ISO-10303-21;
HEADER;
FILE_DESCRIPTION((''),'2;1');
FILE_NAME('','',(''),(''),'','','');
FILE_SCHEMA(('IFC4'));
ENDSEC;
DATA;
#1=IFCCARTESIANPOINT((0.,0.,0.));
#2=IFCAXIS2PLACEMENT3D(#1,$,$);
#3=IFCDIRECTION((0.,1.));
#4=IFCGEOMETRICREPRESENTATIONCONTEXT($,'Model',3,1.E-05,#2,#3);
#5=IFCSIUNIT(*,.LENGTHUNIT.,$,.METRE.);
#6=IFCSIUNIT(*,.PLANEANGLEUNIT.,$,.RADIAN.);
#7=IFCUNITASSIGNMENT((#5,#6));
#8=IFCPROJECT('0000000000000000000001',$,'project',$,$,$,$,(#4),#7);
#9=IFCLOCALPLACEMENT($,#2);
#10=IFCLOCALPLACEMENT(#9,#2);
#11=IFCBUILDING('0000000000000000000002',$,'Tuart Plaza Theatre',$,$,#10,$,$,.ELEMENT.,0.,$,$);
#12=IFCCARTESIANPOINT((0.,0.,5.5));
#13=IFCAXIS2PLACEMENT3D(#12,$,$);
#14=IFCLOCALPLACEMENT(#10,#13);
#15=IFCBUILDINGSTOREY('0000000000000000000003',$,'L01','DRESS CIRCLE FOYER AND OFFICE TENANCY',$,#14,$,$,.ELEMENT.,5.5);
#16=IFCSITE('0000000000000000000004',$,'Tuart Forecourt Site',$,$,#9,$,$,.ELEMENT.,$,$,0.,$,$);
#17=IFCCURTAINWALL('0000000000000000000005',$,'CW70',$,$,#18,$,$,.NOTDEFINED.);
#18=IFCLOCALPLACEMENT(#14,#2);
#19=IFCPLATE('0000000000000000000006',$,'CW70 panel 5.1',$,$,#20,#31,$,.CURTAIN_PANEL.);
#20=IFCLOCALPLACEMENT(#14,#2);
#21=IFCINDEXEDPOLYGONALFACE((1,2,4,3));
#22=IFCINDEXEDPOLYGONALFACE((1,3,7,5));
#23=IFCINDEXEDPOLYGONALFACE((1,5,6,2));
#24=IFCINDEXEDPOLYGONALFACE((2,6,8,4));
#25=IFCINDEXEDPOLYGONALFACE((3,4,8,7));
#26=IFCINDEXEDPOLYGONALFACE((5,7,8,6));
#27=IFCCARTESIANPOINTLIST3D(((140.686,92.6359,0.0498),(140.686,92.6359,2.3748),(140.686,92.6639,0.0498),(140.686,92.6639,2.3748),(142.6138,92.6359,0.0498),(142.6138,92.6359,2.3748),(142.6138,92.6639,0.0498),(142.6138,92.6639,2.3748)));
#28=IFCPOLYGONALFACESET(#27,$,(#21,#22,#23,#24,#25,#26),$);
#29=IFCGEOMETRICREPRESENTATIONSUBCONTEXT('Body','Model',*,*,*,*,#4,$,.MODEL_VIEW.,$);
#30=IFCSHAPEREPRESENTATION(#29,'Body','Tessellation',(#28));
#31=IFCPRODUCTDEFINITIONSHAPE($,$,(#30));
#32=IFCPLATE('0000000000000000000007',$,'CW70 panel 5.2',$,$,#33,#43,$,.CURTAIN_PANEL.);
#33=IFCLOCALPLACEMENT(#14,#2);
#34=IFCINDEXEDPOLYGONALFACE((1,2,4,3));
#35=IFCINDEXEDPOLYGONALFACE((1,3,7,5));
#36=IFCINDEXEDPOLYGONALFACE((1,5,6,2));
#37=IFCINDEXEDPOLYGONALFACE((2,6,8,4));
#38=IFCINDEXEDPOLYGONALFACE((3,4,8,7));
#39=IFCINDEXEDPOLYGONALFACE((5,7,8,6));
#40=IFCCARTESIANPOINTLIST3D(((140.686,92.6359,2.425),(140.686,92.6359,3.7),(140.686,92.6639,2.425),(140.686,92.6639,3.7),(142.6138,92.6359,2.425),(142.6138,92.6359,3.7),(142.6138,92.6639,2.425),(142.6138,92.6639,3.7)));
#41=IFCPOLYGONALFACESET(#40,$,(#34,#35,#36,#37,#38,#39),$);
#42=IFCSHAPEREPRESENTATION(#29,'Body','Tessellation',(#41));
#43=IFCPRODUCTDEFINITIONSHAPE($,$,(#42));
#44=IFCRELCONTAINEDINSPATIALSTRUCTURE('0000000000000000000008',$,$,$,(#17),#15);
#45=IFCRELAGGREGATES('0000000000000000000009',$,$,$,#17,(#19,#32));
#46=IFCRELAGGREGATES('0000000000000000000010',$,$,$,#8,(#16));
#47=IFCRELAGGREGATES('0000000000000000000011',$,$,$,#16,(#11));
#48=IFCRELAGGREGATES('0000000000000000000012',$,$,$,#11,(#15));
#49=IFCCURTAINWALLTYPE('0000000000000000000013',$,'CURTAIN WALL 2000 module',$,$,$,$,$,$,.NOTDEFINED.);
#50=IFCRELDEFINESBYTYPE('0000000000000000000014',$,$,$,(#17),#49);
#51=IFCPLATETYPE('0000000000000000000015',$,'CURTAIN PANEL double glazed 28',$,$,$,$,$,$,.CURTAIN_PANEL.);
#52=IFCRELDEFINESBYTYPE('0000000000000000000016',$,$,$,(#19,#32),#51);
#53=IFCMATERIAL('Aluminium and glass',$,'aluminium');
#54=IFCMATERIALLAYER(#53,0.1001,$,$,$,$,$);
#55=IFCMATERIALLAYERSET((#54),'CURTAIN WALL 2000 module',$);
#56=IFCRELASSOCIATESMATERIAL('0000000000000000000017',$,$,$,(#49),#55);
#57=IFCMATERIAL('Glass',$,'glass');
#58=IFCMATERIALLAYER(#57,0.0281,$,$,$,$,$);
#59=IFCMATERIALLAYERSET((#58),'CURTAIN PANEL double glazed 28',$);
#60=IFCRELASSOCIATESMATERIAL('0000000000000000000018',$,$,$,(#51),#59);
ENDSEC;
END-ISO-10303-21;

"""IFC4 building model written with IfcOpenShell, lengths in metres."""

from ifc_helpers import new_model, si_unit, direction, frame, origin, origin_2d, place, context, subcontext, project, spatial, rectangle, extrude, material, layer, layer_set, type_object, element, aggregate, save


model = new_model("IFC4")

# Units and contexts
model_context = context("Model", 3, precision=1e-05, world=origin(), true_north=direction((0.0, 1.0)))
body_context = subcontext(model_context, "Body", "Model", "MODEL_VIEW")
ifc_project = project(units=[si_unit("LENGTHUNIT", "METRE"), si_unit("PLANEANGLEUNIT", "RADIAN")], contexts=[model_context])

# Site, building, storey
site_placement = place(None, origin())
site = spatial("IfcSite", under=ifc_project, at=site_placement, Name="Tuart Forecourt Site", CompositionType="ELEMENT", RefElevation=0.0)
building_placement = place(site_placement, origin())
building = spatial("IfcBuilding", under=site, at=building_placement, Name="Tuart Plaza Theatre", CompositionType="ELEMENT", ElevationOfRefHeight=0.0)
storey_placement = place(building_placement, frame((0.0, 0.0, 5.5)))
storey = spatial("IfcBuildingStorey", under=building, at=storey_placement, Name="L01", Description="DRESS CIRCLE FOYER AND OFFICE TENANCY", CompositionType="ELEMENT", Elevation=5.5)

# Curtain wall, plates
ifc_material_1 = material(Name="Aluminium and glass", Category="aluminium")
ifc_layer_1 = layer(ifc_material_1, 0.1001)
ifc_layer_set_1 = layer_set([ifc_layer_1], Name="CURTAIN WALL 2000 module")
curtain_wall_type = type_object("IfcCurtainWallType", Name="CURTAIN WALL 2000 module", PredefinedType="NOTDEFINED", material=ifc_layer_set_1)
curtain_wall_placement = place(storey_placement, origin())
curtain_wall = element("IfcCurtainWall", 1, at=curtain_wall_placement, inside=storey, type_object=curtain_wall_type, Name="CW70", PredefinedType="NOTDEFINED")
ifc_material_2 = material(Name="Glass", Category="glass")
ifc_layer_2 = layer(ifc_material_2, 0.0281)
ifc_layer_set_2 = layer_set([ifc_layer_2], Name="CURTAIN PANEL double glazed 28")
plate_type = type_object("IfcPlateType", Name="CURTAIN PANEL double glazed 28", PredefinedType="CURTAIN_PANEL", material=ifc_layer_set_2)
plate_1_placement = place(storey_placement, frame((141.6499, 92.6499, 0.0498), z_axis=(0.0, 0.0, 1.0), x_axis=(-1.0, 0.0, 0.0)))
plate_1 = element("IfcPlate", 2, at=plate_1_placement, type_object=plate_type, Name="CW70 panel 5.1", PredefinedType="CURTAIN_PANEL", context=body_context, shape_type="SweptSolid", body=[
    extrude(rectangle(XDim=1.9277, YDim=0.0281, at=origin_2d()), origin(), (0.0, 0.0, 1.0), 2.325),
])
plate_2_placement = place(storey_placement, frame((141.6499, 92.6499, 2.425), z_axis=(0.0, 0.0, 1.0), x_axis=(-1.0, 0.0, 0.0)))
plate_2 = element("IfcPlate", 3, at=plate_2_placement, type_object=plate_type, Name="CW70 panel 5.2", PredefinedType="CURTAIN_PANEL", context=body_context, shape_type="SweptSolid", body=[
    extrude(rectangle(XDim=1.9277, YDim=0.0281, at=origin_2d()), origin(), (0.0, 0.0, 1.0), 1.2749),
])
aggregate(curtain_wall, [plate_1, plate_2])

save(model, "model.ifc")
